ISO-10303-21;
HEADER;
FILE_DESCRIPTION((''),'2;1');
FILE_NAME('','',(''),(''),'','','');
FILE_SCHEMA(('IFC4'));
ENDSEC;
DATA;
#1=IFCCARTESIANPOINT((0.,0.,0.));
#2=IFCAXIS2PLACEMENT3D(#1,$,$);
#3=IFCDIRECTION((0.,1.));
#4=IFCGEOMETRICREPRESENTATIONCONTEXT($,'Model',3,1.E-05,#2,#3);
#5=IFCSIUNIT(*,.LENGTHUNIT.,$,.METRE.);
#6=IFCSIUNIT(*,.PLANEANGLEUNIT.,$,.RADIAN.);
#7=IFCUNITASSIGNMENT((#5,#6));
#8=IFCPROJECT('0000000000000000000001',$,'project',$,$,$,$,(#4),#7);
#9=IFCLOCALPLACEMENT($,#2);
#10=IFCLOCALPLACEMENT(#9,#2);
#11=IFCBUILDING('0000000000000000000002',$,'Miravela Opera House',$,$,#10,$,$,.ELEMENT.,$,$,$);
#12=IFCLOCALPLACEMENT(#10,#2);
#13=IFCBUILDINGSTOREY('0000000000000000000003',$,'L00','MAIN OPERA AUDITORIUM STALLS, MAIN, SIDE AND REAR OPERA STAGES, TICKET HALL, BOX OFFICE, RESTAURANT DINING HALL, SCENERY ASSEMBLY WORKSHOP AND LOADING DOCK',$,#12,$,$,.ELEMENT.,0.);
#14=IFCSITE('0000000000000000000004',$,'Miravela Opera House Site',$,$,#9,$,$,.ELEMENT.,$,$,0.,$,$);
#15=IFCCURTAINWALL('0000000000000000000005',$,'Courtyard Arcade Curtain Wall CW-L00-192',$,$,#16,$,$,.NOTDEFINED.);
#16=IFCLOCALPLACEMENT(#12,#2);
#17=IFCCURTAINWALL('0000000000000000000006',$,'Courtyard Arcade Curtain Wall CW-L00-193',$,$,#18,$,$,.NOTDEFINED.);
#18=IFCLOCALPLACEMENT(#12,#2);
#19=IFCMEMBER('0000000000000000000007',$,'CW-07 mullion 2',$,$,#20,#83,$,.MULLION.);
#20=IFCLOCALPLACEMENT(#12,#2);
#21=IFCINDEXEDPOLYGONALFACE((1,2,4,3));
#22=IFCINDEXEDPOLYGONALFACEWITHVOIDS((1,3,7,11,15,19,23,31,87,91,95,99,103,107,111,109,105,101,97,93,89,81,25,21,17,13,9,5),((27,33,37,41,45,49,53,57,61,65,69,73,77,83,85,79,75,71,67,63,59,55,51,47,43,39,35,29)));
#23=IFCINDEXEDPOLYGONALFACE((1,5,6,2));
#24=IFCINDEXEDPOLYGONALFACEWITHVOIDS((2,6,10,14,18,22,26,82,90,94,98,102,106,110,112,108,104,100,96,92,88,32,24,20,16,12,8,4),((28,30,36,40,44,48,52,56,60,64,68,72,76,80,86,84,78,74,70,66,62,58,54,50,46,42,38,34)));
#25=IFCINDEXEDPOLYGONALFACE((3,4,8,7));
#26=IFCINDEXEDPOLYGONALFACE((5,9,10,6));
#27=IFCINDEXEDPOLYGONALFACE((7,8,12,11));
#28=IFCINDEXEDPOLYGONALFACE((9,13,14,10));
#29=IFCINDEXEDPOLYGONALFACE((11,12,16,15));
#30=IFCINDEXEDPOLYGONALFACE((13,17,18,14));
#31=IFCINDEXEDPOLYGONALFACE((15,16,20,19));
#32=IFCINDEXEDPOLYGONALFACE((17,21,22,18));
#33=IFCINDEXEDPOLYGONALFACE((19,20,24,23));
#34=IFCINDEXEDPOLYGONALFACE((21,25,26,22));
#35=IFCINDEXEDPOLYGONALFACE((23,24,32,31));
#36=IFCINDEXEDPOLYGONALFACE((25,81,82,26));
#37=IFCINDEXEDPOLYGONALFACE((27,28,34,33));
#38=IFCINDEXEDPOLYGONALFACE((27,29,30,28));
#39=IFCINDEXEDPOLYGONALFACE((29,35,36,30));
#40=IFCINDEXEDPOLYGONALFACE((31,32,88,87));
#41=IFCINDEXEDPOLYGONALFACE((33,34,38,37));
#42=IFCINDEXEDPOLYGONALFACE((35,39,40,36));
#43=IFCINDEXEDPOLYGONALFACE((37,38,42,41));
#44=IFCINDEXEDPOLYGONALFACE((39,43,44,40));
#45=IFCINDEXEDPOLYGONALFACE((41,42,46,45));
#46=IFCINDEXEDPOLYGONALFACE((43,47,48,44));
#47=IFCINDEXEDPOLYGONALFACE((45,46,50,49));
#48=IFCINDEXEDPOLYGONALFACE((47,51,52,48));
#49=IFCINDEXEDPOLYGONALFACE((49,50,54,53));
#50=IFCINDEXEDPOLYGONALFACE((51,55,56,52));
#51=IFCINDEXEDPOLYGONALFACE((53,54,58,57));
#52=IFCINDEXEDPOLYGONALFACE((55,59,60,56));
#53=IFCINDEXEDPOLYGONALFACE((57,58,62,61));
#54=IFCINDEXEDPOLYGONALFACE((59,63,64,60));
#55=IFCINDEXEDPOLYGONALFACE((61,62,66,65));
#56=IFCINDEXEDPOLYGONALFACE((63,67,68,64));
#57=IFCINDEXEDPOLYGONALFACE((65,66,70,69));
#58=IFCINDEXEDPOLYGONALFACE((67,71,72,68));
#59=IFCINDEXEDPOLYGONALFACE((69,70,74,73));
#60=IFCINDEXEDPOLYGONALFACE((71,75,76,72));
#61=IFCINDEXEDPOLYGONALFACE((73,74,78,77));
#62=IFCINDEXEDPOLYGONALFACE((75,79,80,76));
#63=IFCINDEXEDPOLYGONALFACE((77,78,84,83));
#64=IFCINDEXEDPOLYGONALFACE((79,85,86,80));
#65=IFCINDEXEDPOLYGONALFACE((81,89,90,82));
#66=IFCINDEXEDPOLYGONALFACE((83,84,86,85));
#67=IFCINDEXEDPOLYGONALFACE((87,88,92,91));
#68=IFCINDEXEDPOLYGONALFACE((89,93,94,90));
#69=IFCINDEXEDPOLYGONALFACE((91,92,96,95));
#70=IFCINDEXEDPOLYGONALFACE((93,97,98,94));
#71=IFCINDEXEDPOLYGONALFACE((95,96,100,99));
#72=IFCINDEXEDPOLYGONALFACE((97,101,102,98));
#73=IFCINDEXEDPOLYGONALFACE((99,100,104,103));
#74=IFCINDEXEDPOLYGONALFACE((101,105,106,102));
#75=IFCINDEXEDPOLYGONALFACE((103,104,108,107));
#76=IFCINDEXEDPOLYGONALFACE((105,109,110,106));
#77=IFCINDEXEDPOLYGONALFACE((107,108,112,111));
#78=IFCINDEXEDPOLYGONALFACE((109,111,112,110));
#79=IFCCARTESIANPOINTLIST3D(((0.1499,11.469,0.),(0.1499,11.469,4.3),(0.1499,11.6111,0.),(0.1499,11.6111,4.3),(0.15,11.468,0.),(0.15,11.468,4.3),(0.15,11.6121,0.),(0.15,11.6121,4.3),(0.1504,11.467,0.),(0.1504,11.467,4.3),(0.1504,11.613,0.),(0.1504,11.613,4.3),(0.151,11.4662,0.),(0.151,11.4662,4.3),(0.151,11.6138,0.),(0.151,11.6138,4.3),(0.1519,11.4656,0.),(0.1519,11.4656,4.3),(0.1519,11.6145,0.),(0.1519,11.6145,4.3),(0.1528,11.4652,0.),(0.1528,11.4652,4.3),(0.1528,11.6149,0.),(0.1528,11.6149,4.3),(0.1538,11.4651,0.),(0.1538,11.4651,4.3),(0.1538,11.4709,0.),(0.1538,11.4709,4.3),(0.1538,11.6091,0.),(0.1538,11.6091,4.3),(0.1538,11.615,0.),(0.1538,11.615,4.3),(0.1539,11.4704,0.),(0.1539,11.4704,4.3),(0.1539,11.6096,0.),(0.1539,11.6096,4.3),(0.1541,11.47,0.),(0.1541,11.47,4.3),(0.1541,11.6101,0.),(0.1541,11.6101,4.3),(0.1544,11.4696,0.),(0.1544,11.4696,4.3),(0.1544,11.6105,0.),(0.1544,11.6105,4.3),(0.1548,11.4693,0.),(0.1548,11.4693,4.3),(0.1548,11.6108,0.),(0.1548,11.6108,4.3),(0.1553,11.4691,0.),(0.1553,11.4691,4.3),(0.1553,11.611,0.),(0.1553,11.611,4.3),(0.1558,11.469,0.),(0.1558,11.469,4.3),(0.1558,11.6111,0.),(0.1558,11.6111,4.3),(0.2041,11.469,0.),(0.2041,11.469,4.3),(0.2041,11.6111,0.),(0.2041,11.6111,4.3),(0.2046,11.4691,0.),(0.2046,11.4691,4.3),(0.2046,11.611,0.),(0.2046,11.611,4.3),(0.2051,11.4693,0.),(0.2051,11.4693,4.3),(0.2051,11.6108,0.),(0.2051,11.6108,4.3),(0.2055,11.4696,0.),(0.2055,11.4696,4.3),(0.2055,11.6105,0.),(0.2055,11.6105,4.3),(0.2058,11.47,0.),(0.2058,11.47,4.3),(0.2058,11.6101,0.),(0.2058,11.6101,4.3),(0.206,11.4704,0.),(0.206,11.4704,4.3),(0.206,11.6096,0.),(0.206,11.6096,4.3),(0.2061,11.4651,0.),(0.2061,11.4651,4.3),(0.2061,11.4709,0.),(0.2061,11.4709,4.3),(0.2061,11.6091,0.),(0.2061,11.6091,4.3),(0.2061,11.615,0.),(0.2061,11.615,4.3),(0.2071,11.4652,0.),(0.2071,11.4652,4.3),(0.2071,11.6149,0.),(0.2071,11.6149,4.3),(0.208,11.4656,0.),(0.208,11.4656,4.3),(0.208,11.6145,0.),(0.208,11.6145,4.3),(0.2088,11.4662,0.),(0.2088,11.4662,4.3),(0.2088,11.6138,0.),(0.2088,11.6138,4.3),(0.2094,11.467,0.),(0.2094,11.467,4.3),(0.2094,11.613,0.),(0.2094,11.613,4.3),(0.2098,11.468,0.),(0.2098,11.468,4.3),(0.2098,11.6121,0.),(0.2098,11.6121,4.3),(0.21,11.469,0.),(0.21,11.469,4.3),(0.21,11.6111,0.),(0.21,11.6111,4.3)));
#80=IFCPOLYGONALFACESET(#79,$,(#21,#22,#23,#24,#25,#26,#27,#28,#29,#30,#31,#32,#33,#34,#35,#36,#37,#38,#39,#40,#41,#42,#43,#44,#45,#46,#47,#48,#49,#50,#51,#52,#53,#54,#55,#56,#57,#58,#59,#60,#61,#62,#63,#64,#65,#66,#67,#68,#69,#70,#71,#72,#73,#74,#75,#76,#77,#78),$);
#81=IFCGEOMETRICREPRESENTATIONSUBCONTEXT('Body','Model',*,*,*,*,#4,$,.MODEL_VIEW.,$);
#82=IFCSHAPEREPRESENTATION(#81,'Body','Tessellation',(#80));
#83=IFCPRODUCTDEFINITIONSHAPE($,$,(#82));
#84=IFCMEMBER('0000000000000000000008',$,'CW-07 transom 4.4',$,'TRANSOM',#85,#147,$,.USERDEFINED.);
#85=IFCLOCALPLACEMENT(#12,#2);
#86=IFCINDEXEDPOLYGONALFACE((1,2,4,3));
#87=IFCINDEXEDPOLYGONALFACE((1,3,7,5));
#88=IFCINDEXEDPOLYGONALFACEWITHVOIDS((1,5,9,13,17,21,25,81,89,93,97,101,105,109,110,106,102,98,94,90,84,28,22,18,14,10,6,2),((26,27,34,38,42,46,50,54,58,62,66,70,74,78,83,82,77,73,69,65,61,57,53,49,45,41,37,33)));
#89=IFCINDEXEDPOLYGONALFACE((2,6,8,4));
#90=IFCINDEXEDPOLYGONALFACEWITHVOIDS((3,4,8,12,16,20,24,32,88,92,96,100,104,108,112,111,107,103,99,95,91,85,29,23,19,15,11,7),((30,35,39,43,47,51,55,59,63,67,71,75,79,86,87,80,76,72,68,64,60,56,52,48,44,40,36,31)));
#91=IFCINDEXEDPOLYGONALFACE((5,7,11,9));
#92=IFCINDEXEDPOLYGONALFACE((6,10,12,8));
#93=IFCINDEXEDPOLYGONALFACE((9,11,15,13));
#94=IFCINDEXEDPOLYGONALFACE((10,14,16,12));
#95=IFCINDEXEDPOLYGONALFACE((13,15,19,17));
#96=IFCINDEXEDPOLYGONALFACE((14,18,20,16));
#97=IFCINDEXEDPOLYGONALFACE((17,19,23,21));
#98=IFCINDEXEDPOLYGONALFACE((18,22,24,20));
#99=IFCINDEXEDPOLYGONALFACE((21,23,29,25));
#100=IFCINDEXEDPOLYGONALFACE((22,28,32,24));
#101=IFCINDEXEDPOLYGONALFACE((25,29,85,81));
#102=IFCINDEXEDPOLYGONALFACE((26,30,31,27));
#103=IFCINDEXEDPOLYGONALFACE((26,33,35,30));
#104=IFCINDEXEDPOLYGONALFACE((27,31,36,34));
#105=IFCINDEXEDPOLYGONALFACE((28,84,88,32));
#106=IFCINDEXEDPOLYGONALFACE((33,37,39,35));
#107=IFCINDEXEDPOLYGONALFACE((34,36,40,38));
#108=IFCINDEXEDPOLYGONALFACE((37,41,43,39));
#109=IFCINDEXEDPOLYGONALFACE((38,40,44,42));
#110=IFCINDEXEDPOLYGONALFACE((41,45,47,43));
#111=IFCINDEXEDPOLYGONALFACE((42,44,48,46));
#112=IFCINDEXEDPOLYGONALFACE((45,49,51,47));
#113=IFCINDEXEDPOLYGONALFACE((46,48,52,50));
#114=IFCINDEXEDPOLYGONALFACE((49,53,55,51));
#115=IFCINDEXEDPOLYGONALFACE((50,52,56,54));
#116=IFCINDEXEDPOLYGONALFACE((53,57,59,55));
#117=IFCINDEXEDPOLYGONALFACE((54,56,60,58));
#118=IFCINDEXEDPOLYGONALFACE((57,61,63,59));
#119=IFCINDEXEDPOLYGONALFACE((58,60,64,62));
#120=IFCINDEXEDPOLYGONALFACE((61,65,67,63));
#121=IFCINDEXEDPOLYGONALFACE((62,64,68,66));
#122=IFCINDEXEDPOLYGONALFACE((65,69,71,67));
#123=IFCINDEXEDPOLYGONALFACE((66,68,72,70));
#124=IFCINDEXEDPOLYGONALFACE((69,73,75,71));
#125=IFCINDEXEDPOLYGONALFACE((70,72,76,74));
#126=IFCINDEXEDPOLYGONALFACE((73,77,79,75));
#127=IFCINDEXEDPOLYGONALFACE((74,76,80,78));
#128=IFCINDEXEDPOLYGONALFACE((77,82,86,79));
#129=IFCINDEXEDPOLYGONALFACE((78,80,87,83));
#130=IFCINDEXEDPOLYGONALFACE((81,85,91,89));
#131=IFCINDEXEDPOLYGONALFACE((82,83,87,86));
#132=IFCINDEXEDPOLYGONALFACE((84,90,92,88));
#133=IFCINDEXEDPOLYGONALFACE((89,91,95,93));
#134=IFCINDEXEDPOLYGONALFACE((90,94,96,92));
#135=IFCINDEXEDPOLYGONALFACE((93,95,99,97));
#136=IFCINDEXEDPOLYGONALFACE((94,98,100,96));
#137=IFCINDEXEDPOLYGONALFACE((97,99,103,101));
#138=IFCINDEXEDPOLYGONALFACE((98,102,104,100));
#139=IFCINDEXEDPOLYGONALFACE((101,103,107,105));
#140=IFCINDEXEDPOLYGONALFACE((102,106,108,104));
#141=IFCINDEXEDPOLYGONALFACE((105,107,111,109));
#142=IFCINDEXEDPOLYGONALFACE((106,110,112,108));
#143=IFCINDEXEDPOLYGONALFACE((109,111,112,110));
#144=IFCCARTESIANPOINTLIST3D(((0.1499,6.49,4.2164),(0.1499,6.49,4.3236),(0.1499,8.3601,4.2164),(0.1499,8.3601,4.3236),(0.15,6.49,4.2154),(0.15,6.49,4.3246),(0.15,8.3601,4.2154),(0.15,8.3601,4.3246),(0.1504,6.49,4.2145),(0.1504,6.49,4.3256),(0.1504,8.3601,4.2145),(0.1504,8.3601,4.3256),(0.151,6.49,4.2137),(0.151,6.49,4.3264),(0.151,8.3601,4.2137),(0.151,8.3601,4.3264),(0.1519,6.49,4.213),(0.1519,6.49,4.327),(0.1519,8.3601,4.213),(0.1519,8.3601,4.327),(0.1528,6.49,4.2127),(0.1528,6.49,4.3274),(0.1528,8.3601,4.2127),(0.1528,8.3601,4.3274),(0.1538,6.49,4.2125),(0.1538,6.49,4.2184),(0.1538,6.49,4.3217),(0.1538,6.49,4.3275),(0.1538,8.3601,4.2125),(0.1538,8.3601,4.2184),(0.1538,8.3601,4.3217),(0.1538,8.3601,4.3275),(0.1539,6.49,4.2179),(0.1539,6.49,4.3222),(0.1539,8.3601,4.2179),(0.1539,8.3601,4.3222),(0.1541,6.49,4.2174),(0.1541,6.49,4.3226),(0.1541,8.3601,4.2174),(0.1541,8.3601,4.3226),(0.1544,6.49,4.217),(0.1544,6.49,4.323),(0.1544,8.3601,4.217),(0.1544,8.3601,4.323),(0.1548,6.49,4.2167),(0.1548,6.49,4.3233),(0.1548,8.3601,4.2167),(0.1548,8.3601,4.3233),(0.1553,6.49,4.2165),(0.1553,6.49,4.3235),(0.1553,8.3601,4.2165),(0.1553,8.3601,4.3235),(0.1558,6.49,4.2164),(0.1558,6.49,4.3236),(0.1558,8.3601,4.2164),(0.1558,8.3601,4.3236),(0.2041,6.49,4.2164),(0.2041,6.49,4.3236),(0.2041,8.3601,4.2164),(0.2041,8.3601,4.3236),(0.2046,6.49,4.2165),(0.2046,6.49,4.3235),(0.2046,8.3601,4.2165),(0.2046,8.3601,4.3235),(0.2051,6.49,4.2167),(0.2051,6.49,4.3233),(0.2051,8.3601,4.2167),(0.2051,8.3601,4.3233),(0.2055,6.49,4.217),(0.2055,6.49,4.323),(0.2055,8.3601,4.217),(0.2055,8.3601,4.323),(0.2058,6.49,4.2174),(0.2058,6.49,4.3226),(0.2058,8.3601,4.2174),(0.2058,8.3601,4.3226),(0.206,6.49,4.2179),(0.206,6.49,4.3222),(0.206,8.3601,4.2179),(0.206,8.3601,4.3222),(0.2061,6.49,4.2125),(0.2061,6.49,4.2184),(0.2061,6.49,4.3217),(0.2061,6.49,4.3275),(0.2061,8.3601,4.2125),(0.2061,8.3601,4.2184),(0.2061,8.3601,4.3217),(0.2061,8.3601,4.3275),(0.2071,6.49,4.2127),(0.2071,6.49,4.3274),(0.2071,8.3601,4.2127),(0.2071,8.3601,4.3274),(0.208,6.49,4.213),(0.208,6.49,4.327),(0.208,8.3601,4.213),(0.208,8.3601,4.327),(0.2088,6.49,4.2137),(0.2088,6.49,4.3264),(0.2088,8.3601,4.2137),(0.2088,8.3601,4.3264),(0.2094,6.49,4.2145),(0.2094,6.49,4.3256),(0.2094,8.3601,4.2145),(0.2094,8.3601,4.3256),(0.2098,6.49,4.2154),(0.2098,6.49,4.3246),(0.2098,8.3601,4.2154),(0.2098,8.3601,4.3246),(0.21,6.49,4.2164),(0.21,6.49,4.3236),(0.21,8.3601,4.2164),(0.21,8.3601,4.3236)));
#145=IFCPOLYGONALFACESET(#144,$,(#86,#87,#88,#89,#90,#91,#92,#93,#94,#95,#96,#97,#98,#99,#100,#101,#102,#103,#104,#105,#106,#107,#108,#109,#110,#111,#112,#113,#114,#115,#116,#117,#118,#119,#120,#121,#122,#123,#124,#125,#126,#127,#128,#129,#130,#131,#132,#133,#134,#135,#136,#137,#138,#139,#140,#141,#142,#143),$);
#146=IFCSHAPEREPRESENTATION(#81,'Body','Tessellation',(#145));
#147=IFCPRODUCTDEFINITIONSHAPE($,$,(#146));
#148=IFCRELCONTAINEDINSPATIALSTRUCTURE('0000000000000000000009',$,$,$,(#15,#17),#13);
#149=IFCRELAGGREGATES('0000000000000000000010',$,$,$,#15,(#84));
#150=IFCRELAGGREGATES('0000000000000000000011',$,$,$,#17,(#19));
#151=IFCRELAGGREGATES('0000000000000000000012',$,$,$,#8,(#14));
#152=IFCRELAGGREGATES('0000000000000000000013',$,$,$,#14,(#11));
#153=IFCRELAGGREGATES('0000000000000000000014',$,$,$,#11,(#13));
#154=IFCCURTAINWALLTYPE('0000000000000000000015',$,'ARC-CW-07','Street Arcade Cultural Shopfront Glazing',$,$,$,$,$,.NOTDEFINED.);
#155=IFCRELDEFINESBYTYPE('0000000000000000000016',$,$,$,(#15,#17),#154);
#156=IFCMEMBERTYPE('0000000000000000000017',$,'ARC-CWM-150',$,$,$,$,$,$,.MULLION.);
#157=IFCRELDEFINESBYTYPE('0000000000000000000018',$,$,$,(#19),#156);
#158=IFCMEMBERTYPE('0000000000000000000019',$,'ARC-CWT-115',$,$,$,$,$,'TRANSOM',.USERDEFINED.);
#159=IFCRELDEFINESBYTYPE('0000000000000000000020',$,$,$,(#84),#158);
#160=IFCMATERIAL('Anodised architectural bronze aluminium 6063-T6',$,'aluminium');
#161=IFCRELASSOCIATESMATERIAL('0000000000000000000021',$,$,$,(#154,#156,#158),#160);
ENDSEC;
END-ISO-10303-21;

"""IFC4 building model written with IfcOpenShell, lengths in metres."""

from ifc_helpers import new_model, si_unit, direction, frame, origin, origin_2d, place, context, subcontext, project, spatial, hollow_rectangle, extrude, material, material_profile, profile_set, type_object, element, aggregate, save


model = new_model("IFC4")

# Units and contexts
model_context = context("Model", 3, precision=1e-05, world=origin(), true_north=direction((0.0, 1.0)))
body_context = subcontext(model_context, "Body", "Model", "MODEL_VIEW")
ifc_project = project(units=[si_unit("LENGTHUNIT", "METRE"), si_unit("PLANEANGLEUNIT", "RADIAN")], contexts=[model_context])

# Site, building, storey
site_placement = place(None, origin())
site = spatial("IfcSite", under=ifc_project, at=site_placement, Name="Miravela Opera House Site", CompositionType="ELEMENT", RefElevation=0.0)
building_placement = place(site_placement, origin())
building = spatial("IfcBuilding", under=site, at=building_placement, Name="Miravela Opera House", CompositionType="ELEMENT")
storey_placement = place(building_placement, origin())
storey = spatial("IfcBuildingStorey", under=building, at=storey_placement, Name="L00", Description="MAIN OPERA AUDITORIUM STALLS, MAIN, SIDE AND REAR OPERA STAGES, TICKET HALL, BOX OFFICE, RESTAURANT DINING HALL, SCENERY ASSEMBLY WORKSHOP AND LOADING DOCK", CompositionType="ELEMENT", Elevation=0.0)

# Curtain wall
ifc_material_1 = material(Name="Anodised architectural bronze aluminium 6063-T6", Category="aluminium")
curtain_wall_type = type_object("IfcCurtainWallType", Name="ARC-CW-07", Description="Street Arcade Cultural Shopfront Glazing", PredefinedType="NOTDEFINED", material=ifc_material_1)
curtain_wall_1_placement = place(storey_placement, origin())
curtain_wall_1 = element("IfcCurtainWall", 1, at=curtain_wall_1_placement, inside=storey, type_object=curtain_wall_type, Name="Courtyard Arcade Curtain Wall CW-L00-192", PredefinedType="NOTDEFINED")
ifc_material_profile_1 = material_profile(ifc_material_1, hollow_rectangle(XDim=0.0601, YDim=0.1499, WallThickness=0.0039, InnerFilletRadius=0.002, OuterFilletRadius=0.0039, at=origin_2d()), Name="CWM-60X150")
ifc_profile_set_1 = profile_set([ifc_material_profile_1])
member_type_1 = type_object("IfcMemberType", Name="ARC-CWM-150", PredefinedType="MULLION", material=ifc_profile_set_1)

# Curtain wall, member
curtain_wall_2_placement = place(storey_placement, origin())
curtain_wall_2 = element("IfcCurtainWall", 2, at=curtain_wall_2_placement, inside=storey, type_object=curtain_wall_type, Name="Courtyard Arcade Curtain Wall CW-L00-193", PredefinedType="NOTDEFINED")
member_1_placement = place(storey_placement, frame((0.1799, 11.54, 0.0), z_axis=(0.0, 0.0, 1.0), x_axis=(-1.0, 0.0, 0.0)))
member_1 = element("IfcMember", 3, at=member_1_placement, type_object=member_type_1, Name="CW-07 mullion 2", PredefinedType="MULLION", context=body_context, shape_type="SweptSolid", body=[
    extrude(hollow_rectangle(XDim=0.0601, YDim=0.1499, WallThickness=0.0039, InnerFilletRadius=0.002, OuterFilletRadius=0.0039, at=origin_2d()), origin(), (0.0, 0.0, 1.0), 4.3),
])

# Member
ifc_material_profile_2 = material_profile(ifc_material_1, hollow_rectangle(XDim=0.0601, YDim=0.115, WallThickness=0.0039, InnerFilletRadius=0.002, OuterFilletRadius=0.0039, at=origin_2d()), Name="CWT-60X115")
ifc_profile_set_2 = profile_set([ifc_material_profile_2])
member_type_2 = type_object("IfcMemberType", Name="ARC-CWT-115", ElementType="TRANSOM", PredefinedType="USERDEFINED", material=ifc_profile_set_2)
member_2_placement = place(storey_placement, frame((0.1799, 6.49, 4.27), z_axis=(0.0, 1.0, 0.0), x_axis=(-1.0, 0.0, 0.0)))
member_2 = element("IfcMember", 4, at=member_2_placement, type_object=member_type_2, Name="CW-07 transom 4.4", ObjectType="TRANSOM", PredefinedType="USERDEFINED", context=body_context, shape_type="SweptSolid", body=[
    extrude(hollow_rectangle(XDim=0.0601, YDim=0.115, WallThickness=0.0039, InnerFilletRadius=0.002, OuterFilletRadius=0.0039, at=origin_2d()), origin(), (0.0, 0.0, 1.0), 1.8701),
])

aggregate(curtain_wall_1, [member_2])
aggregate(curtain_wall_2, [member_1])

save(model, "model.ifc")
